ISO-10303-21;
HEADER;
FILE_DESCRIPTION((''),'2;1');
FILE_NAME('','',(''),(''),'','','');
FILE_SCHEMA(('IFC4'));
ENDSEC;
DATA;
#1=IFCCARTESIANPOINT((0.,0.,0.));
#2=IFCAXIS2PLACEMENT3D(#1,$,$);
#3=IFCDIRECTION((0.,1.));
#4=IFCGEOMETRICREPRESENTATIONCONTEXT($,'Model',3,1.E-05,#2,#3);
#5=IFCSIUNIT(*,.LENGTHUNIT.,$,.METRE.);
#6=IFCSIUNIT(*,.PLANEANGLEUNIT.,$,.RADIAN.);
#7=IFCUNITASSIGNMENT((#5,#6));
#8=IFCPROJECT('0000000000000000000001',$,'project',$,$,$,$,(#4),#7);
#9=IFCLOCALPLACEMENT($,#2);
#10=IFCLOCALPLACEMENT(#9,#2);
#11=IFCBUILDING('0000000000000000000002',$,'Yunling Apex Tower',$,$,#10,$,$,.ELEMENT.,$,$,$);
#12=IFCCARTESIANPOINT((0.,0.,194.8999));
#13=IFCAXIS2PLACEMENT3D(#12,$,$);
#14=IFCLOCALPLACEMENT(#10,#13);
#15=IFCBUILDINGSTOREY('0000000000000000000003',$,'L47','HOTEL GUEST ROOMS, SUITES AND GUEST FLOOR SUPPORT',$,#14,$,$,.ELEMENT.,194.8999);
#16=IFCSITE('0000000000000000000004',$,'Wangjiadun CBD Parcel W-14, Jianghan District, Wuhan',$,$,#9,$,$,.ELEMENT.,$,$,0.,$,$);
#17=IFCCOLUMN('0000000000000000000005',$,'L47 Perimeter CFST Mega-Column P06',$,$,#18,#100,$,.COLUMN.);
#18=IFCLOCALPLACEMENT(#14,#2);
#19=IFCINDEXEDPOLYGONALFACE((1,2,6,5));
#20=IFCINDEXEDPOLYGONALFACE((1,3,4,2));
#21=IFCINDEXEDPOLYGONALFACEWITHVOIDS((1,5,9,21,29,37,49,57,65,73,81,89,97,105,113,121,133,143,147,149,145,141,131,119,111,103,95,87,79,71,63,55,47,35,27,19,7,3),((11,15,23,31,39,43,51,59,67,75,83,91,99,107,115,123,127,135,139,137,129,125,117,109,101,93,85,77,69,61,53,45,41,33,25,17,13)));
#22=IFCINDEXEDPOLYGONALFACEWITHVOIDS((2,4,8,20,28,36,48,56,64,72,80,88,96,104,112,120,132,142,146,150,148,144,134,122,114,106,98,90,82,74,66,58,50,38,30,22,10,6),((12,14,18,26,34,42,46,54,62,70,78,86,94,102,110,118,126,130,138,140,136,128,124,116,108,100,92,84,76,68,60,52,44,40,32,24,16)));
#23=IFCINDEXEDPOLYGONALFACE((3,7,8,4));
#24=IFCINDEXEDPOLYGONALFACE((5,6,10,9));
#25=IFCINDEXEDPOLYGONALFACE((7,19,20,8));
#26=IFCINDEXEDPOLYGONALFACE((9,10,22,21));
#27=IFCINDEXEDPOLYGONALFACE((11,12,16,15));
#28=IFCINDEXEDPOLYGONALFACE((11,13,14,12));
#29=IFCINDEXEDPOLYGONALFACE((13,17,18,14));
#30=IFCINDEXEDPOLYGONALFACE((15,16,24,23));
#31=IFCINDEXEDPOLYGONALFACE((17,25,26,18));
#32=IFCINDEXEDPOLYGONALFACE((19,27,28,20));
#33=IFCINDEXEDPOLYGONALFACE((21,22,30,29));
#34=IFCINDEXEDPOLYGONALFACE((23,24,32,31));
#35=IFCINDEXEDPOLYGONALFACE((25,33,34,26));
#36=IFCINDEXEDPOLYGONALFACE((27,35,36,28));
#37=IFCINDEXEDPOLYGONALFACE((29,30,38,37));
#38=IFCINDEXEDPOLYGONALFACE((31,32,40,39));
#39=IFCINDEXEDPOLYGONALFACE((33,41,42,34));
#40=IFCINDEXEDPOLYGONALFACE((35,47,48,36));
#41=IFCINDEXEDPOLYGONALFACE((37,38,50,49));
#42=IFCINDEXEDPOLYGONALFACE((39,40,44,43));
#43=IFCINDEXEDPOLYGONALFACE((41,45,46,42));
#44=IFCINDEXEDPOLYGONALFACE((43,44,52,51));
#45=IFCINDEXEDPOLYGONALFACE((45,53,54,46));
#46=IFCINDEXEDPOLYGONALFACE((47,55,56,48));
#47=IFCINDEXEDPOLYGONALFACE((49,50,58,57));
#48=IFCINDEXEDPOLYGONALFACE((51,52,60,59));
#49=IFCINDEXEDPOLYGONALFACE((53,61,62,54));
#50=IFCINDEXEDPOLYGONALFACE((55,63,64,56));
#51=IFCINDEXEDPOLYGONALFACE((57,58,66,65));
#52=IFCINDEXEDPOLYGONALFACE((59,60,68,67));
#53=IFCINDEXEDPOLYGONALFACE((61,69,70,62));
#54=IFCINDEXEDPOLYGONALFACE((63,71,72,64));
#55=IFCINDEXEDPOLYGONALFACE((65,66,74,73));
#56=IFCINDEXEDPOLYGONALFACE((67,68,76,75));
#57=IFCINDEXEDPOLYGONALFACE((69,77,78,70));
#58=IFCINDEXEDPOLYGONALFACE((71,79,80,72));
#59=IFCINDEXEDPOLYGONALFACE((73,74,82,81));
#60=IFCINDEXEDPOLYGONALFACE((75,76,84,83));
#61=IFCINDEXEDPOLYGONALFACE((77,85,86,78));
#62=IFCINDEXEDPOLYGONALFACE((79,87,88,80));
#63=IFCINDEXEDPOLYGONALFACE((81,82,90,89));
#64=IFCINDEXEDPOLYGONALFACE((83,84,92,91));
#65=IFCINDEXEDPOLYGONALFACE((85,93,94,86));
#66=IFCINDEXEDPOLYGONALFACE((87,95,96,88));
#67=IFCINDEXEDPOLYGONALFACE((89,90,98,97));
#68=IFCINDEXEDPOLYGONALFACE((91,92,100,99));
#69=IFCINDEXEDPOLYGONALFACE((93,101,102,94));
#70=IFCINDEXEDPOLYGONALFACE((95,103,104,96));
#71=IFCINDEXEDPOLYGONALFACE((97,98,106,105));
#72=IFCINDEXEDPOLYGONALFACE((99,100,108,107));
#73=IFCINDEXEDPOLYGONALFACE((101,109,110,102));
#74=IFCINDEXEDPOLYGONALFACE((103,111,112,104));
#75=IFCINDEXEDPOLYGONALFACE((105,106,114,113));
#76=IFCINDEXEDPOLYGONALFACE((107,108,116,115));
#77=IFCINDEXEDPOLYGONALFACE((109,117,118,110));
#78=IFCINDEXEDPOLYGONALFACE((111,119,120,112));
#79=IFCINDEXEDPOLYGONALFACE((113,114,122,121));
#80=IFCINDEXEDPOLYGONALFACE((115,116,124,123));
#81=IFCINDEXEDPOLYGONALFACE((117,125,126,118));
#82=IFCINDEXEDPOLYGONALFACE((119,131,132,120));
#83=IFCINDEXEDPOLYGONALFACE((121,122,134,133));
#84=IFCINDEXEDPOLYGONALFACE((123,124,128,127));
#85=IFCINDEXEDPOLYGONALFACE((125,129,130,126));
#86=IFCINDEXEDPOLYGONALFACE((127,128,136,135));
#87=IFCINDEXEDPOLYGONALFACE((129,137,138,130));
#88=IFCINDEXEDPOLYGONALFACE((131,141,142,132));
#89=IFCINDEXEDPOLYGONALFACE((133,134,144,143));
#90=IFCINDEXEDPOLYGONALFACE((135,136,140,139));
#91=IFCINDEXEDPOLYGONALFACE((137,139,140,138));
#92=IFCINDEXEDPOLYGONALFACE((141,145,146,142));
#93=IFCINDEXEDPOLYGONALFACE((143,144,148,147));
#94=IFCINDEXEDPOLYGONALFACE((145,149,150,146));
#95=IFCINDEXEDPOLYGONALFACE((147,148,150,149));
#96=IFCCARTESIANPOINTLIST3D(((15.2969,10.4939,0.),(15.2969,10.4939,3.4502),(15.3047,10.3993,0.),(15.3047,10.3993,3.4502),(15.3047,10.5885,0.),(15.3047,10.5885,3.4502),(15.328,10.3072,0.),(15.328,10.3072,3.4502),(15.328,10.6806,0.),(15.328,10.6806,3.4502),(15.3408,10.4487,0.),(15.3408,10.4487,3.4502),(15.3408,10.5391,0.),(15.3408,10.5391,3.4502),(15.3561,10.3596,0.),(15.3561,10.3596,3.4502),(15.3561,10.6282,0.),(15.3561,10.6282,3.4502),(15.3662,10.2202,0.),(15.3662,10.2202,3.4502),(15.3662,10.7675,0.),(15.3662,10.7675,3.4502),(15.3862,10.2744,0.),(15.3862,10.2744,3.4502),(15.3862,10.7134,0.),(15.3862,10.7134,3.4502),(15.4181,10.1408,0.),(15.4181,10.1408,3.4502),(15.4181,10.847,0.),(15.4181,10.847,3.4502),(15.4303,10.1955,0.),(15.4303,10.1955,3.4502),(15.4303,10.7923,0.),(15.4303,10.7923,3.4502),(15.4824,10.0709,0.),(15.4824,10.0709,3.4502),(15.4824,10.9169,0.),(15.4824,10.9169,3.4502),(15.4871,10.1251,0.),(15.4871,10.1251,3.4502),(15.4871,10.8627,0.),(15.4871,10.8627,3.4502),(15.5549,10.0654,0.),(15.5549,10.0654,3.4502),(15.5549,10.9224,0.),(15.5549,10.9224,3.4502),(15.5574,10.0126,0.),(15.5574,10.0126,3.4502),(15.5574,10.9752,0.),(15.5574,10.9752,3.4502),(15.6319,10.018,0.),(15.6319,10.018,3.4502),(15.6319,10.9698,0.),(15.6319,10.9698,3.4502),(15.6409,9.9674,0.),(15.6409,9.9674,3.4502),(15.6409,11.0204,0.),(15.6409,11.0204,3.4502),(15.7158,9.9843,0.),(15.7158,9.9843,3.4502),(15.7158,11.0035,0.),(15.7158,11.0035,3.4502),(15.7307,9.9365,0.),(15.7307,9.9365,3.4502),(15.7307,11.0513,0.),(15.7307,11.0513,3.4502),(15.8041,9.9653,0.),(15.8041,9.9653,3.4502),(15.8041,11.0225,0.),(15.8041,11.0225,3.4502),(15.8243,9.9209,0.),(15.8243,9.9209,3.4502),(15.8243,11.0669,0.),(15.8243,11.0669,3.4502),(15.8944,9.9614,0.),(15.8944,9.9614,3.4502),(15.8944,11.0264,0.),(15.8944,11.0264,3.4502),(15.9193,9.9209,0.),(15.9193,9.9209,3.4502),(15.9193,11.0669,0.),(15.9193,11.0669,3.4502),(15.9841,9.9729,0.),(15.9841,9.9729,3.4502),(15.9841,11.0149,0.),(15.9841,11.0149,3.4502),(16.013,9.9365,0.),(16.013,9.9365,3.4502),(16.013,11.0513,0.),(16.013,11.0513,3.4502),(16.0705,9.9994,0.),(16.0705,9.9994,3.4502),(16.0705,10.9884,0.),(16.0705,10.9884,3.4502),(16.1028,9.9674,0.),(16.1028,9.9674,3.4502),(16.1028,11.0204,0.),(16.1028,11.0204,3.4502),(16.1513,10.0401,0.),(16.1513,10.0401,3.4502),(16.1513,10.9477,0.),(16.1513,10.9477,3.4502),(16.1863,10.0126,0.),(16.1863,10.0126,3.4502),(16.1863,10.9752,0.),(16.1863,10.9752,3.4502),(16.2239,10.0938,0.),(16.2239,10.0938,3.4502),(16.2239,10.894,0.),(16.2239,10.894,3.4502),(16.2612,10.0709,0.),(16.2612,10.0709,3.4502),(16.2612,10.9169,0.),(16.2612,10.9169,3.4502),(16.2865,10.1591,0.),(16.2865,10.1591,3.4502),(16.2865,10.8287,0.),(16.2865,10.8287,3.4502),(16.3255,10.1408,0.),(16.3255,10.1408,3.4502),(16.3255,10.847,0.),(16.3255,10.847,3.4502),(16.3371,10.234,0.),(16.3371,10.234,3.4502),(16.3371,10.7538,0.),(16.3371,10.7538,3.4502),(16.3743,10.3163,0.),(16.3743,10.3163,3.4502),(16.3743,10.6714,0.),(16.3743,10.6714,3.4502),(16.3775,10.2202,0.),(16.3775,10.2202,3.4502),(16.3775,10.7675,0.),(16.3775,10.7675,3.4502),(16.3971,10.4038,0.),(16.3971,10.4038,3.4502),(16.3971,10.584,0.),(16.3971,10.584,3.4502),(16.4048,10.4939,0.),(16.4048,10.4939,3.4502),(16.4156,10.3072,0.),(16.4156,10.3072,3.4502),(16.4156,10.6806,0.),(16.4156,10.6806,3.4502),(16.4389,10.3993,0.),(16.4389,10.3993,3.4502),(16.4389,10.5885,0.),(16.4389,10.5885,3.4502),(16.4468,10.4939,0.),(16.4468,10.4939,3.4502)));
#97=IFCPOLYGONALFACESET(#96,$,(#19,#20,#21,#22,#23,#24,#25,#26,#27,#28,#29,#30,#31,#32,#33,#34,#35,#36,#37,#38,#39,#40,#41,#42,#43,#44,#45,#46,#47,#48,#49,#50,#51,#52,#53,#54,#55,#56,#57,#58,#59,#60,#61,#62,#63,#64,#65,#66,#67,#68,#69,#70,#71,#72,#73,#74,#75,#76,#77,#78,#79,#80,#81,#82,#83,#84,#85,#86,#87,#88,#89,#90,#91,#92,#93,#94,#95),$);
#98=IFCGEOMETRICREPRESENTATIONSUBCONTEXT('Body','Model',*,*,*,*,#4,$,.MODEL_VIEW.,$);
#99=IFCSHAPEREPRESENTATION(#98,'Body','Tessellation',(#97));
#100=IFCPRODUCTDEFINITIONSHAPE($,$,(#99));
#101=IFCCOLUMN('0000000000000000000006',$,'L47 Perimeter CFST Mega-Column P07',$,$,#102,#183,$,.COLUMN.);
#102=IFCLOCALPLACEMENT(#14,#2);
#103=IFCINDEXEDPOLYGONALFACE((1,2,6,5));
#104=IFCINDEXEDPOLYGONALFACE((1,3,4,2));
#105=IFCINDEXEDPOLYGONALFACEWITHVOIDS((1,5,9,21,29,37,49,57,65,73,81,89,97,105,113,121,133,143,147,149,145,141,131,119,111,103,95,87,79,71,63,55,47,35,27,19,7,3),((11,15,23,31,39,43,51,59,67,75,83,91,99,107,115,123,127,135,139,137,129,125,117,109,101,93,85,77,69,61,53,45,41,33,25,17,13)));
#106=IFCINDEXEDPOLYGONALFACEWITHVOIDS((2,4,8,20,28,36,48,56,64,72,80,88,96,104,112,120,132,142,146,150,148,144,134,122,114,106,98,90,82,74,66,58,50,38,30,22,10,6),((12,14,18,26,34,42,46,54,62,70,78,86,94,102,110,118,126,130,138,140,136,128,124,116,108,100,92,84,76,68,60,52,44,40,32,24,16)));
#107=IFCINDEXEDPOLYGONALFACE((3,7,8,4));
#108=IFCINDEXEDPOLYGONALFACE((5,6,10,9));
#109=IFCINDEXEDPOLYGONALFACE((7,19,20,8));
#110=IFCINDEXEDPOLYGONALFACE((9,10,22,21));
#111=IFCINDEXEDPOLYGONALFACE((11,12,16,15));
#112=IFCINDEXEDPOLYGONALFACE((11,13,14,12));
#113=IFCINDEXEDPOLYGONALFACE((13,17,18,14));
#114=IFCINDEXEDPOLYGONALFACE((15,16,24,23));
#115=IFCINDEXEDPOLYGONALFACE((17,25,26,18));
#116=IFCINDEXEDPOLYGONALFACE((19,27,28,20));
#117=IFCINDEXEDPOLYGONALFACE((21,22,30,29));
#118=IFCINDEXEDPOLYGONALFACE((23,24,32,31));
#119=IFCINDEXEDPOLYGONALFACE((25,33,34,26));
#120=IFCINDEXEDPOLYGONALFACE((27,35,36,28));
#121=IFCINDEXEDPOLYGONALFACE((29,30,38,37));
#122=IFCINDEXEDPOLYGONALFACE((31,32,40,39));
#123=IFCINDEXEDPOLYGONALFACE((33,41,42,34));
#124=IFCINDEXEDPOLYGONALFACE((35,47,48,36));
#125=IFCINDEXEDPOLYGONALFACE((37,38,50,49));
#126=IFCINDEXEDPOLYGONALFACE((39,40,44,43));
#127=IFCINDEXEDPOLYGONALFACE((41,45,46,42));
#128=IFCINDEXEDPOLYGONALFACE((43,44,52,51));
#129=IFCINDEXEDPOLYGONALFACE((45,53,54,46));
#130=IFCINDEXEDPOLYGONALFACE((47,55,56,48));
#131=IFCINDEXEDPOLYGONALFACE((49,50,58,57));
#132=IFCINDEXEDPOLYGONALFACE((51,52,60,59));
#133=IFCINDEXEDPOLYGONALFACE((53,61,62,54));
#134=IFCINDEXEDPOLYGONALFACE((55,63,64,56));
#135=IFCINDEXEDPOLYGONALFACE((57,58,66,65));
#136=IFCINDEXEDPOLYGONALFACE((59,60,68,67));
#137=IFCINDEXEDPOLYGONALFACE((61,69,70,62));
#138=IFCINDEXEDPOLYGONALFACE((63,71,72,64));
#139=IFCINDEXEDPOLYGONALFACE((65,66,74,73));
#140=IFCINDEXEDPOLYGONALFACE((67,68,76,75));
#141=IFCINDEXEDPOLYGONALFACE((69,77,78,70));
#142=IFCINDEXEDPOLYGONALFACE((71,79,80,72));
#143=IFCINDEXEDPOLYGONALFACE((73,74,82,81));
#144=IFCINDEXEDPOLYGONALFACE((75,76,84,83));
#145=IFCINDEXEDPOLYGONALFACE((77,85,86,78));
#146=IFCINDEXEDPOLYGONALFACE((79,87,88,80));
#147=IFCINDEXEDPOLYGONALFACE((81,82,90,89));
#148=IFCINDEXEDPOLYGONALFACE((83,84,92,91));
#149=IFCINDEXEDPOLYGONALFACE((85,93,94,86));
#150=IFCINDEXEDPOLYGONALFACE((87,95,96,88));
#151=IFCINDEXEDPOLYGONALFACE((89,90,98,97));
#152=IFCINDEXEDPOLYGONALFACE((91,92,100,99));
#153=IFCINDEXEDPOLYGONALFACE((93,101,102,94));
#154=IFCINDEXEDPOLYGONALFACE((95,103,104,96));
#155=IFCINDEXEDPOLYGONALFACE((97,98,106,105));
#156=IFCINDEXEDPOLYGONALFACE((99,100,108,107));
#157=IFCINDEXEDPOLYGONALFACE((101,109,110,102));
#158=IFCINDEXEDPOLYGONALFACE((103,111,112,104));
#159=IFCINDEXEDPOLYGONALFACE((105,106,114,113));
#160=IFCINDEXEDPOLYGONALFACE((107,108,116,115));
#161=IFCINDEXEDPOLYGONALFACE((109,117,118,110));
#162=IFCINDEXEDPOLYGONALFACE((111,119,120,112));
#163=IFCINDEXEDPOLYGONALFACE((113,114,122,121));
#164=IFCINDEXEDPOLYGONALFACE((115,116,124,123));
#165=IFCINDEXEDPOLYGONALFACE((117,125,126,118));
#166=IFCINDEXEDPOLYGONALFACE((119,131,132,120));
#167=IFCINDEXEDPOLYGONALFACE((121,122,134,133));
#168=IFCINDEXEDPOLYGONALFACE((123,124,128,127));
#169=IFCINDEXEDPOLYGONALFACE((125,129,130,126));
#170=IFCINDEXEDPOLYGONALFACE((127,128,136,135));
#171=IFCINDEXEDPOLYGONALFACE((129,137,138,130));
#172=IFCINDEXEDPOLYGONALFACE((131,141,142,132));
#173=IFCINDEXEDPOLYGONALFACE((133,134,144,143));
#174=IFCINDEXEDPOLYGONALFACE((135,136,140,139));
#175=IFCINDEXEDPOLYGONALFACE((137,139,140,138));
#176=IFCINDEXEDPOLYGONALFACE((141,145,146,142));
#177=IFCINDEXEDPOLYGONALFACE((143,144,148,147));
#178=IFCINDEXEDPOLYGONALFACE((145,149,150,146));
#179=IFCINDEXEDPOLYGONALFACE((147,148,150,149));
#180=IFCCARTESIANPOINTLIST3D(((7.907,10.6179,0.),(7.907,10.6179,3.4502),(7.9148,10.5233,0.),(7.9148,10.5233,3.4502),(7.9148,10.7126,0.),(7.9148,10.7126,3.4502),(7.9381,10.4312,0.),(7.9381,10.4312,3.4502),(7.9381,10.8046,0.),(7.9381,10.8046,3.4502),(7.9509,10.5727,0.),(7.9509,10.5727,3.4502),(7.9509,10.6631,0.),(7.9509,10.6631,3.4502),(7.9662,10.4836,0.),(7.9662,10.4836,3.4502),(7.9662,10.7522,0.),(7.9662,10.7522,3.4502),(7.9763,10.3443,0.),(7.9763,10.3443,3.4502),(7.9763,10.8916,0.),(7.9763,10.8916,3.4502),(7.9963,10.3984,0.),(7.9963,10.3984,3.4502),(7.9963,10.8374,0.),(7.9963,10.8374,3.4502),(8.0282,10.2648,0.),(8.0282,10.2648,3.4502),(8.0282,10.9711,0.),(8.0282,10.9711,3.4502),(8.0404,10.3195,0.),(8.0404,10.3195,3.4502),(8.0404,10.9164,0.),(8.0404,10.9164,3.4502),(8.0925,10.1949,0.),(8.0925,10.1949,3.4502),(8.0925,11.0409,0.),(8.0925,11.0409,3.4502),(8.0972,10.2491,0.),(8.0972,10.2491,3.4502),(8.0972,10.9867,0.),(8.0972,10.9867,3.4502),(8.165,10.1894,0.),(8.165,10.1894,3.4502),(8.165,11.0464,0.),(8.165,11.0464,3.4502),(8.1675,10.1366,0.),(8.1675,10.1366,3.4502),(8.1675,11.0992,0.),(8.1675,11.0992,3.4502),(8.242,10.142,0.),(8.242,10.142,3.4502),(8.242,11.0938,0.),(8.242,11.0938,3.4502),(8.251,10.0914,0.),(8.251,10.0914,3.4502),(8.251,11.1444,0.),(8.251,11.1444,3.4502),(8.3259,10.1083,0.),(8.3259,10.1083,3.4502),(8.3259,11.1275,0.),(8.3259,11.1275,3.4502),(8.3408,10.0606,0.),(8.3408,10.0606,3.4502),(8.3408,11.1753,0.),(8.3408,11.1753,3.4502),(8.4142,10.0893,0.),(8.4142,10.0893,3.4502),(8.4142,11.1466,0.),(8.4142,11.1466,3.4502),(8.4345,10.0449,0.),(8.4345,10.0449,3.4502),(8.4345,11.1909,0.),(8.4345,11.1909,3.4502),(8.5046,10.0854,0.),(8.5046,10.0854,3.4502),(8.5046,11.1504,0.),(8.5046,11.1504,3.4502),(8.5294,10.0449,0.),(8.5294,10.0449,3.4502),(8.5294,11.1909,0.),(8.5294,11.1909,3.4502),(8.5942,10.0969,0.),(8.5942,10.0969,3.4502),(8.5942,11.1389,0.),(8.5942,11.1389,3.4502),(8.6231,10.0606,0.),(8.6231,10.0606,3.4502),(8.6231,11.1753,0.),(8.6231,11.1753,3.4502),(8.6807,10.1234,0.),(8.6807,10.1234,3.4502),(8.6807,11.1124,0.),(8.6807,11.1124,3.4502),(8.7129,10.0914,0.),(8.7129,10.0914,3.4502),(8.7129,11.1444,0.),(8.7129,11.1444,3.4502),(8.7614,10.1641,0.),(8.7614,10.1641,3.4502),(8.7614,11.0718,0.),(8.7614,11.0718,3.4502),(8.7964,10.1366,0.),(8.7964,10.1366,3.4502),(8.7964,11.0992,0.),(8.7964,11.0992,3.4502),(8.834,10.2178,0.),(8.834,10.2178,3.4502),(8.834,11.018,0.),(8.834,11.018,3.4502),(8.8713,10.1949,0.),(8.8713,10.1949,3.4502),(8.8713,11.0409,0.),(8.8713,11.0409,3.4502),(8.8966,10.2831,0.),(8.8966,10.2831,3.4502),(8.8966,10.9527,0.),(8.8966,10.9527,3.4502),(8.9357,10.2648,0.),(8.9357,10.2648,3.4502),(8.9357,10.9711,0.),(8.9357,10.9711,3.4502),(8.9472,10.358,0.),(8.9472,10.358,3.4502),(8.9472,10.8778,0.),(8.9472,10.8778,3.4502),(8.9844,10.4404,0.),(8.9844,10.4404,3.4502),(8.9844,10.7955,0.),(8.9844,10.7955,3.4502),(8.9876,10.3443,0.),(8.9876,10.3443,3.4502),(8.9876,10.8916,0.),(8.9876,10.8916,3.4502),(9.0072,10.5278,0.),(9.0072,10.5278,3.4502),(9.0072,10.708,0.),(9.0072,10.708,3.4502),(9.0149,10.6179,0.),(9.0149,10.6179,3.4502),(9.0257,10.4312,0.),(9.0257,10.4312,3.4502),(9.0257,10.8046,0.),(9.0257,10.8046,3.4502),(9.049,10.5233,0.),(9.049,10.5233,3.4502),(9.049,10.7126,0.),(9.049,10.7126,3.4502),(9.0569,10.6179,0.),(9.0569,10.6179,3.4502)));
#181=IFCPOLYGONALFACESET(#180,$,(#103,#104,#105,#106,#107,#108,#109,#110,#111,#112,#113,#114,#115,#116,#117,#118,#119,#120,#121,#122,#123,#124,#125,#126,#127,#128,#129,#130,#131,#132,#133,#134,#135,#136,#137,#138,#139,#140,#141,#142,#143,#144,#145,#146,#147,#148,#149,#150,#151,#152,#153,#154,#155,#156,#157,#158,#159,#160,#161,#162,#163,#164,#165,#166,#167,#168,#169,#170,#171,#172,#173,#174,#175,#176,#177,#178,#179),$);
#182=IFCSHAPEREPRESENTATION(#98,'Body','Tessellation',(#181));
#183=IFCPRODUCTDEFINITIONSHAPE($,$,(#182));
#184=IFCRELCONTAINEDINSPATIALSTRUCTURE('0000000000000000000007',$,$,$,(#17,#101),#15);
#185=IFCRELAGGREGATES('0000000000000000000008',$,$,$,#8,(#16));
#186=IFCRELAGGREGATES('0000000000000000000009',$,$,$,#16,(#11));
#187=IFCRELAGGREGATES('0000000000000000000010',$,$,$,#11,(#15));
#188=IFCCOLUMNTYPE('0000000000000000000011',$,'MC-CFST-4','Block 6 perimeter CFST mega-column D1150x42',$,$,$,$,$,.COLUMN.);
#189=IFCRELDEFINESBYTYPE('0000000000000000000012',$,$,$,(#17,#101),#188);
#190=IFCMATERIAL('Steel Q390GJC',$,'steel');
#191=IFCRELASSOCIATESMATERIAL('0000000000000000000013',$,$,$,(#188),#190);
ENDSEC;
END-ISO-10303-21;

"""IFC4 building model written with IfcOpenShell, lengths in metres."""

from ifc_helpers import new_model, si_unit, direction, frame, origin, origin_2d, place, context, subcontext, project, spatial, hollow_circle, extrude, source, transform, mapped, material, material_profile, profile_set, type_object, element, save


model = new_model("IFC4")

# Units and contexts
model_context = context("Model", 3, precision=1e-05, world=origin(), true_north=direction((0.0, 1.0)))
body_context = subcontext(model_context, "Body", "Model", "MODEL_VIEW")
ifc_project = project(units=[si_unit("LENGTHUNIT", "METRE"), si_unit("PLANEANGLEUNIT", "RADIAN")], contexts=[model_context])

# Site, building, storey
site_placement = place(None, origin())
site = spatial("IfcSite", under=ifc_project, at=site_placement, Name="Wangjiadun CBD Parcel W-14, Jianghan District, Wuhan", CompositionType="ELEMENT", RefElevation=0.0)
building_placement = place(site_placement, origin())
building = spatial("IfcBuilding", under=site, at=building_placement, Name="Yunling Apex Tower", CompositionType="ELEMENT")
storey_placement = place(building_placement, frame((0.0, 0.0, 194.8999)))
storey = spatial("IfcBuildingStorey", under=building, at=storey_placement, Name="L47", Description="HOTEL GUEST ROOMS, SUITES AND GUEST FLOOR SUPPORT", CompositionType="ELEMENT", Elevation=194.8999)

# Columns
ifc_material_1 = material(Name="Steel Q390GJC", Category="steel")
ifc_material_profile_1 = material_profile(ifc_material_1, hollow_circle(Radius=0.575, WallThickness=0.042, at=origin_2d()))
ifc_profile_set_1 = profile_set([ifc_material_profile_1], Name="Steel Q390GJC")
column_type = type_object("IfcColumnType", Name="MC-CFST-4", Description="Block 6 perimeter CFST mega-column D1150x42", PredefinedType="COLUMN", material=ifc_profile_set_1)
shared_shape_1 = source(origin(), body_context, "Body", "SweptSolid", [
    extrude(hollow_circle(Radius=0.575, WallThickness=0.042, at=origin_2d()), origin(), (0.0, 0.0, 1.0), 3.4502),
])
for number, where, z_axis, x_axis, name in (
    (1, (15.8718, 10.4939, 0.0), (0.0, 0.0, 1.0), (1.0, 0.0, 0.0), "L47 Perimeter CFST Mega-Column P06"),
    (2, (8.4819, 10.6179, 0.0), (0.0, 0.0, 1.0), (1.0, 0.0, 0.0), "L47 Perimeter CFST Mega-Column P07"),
):
    element("IfcColumn", number, at=place(storey_placement, frame(where, z_axis=z_axis, x_axis=x_axis)), inside=storey, type_object=column_type, Name=name, PredefinedType="COLUMN", context=body_context, shape_type="MappedRepresentation", body=[
        mapped(shared_shape_1, transform((0.0, 0.0, 0.0), scale=1.0)),
    ])

save(model, "model.ifc")
